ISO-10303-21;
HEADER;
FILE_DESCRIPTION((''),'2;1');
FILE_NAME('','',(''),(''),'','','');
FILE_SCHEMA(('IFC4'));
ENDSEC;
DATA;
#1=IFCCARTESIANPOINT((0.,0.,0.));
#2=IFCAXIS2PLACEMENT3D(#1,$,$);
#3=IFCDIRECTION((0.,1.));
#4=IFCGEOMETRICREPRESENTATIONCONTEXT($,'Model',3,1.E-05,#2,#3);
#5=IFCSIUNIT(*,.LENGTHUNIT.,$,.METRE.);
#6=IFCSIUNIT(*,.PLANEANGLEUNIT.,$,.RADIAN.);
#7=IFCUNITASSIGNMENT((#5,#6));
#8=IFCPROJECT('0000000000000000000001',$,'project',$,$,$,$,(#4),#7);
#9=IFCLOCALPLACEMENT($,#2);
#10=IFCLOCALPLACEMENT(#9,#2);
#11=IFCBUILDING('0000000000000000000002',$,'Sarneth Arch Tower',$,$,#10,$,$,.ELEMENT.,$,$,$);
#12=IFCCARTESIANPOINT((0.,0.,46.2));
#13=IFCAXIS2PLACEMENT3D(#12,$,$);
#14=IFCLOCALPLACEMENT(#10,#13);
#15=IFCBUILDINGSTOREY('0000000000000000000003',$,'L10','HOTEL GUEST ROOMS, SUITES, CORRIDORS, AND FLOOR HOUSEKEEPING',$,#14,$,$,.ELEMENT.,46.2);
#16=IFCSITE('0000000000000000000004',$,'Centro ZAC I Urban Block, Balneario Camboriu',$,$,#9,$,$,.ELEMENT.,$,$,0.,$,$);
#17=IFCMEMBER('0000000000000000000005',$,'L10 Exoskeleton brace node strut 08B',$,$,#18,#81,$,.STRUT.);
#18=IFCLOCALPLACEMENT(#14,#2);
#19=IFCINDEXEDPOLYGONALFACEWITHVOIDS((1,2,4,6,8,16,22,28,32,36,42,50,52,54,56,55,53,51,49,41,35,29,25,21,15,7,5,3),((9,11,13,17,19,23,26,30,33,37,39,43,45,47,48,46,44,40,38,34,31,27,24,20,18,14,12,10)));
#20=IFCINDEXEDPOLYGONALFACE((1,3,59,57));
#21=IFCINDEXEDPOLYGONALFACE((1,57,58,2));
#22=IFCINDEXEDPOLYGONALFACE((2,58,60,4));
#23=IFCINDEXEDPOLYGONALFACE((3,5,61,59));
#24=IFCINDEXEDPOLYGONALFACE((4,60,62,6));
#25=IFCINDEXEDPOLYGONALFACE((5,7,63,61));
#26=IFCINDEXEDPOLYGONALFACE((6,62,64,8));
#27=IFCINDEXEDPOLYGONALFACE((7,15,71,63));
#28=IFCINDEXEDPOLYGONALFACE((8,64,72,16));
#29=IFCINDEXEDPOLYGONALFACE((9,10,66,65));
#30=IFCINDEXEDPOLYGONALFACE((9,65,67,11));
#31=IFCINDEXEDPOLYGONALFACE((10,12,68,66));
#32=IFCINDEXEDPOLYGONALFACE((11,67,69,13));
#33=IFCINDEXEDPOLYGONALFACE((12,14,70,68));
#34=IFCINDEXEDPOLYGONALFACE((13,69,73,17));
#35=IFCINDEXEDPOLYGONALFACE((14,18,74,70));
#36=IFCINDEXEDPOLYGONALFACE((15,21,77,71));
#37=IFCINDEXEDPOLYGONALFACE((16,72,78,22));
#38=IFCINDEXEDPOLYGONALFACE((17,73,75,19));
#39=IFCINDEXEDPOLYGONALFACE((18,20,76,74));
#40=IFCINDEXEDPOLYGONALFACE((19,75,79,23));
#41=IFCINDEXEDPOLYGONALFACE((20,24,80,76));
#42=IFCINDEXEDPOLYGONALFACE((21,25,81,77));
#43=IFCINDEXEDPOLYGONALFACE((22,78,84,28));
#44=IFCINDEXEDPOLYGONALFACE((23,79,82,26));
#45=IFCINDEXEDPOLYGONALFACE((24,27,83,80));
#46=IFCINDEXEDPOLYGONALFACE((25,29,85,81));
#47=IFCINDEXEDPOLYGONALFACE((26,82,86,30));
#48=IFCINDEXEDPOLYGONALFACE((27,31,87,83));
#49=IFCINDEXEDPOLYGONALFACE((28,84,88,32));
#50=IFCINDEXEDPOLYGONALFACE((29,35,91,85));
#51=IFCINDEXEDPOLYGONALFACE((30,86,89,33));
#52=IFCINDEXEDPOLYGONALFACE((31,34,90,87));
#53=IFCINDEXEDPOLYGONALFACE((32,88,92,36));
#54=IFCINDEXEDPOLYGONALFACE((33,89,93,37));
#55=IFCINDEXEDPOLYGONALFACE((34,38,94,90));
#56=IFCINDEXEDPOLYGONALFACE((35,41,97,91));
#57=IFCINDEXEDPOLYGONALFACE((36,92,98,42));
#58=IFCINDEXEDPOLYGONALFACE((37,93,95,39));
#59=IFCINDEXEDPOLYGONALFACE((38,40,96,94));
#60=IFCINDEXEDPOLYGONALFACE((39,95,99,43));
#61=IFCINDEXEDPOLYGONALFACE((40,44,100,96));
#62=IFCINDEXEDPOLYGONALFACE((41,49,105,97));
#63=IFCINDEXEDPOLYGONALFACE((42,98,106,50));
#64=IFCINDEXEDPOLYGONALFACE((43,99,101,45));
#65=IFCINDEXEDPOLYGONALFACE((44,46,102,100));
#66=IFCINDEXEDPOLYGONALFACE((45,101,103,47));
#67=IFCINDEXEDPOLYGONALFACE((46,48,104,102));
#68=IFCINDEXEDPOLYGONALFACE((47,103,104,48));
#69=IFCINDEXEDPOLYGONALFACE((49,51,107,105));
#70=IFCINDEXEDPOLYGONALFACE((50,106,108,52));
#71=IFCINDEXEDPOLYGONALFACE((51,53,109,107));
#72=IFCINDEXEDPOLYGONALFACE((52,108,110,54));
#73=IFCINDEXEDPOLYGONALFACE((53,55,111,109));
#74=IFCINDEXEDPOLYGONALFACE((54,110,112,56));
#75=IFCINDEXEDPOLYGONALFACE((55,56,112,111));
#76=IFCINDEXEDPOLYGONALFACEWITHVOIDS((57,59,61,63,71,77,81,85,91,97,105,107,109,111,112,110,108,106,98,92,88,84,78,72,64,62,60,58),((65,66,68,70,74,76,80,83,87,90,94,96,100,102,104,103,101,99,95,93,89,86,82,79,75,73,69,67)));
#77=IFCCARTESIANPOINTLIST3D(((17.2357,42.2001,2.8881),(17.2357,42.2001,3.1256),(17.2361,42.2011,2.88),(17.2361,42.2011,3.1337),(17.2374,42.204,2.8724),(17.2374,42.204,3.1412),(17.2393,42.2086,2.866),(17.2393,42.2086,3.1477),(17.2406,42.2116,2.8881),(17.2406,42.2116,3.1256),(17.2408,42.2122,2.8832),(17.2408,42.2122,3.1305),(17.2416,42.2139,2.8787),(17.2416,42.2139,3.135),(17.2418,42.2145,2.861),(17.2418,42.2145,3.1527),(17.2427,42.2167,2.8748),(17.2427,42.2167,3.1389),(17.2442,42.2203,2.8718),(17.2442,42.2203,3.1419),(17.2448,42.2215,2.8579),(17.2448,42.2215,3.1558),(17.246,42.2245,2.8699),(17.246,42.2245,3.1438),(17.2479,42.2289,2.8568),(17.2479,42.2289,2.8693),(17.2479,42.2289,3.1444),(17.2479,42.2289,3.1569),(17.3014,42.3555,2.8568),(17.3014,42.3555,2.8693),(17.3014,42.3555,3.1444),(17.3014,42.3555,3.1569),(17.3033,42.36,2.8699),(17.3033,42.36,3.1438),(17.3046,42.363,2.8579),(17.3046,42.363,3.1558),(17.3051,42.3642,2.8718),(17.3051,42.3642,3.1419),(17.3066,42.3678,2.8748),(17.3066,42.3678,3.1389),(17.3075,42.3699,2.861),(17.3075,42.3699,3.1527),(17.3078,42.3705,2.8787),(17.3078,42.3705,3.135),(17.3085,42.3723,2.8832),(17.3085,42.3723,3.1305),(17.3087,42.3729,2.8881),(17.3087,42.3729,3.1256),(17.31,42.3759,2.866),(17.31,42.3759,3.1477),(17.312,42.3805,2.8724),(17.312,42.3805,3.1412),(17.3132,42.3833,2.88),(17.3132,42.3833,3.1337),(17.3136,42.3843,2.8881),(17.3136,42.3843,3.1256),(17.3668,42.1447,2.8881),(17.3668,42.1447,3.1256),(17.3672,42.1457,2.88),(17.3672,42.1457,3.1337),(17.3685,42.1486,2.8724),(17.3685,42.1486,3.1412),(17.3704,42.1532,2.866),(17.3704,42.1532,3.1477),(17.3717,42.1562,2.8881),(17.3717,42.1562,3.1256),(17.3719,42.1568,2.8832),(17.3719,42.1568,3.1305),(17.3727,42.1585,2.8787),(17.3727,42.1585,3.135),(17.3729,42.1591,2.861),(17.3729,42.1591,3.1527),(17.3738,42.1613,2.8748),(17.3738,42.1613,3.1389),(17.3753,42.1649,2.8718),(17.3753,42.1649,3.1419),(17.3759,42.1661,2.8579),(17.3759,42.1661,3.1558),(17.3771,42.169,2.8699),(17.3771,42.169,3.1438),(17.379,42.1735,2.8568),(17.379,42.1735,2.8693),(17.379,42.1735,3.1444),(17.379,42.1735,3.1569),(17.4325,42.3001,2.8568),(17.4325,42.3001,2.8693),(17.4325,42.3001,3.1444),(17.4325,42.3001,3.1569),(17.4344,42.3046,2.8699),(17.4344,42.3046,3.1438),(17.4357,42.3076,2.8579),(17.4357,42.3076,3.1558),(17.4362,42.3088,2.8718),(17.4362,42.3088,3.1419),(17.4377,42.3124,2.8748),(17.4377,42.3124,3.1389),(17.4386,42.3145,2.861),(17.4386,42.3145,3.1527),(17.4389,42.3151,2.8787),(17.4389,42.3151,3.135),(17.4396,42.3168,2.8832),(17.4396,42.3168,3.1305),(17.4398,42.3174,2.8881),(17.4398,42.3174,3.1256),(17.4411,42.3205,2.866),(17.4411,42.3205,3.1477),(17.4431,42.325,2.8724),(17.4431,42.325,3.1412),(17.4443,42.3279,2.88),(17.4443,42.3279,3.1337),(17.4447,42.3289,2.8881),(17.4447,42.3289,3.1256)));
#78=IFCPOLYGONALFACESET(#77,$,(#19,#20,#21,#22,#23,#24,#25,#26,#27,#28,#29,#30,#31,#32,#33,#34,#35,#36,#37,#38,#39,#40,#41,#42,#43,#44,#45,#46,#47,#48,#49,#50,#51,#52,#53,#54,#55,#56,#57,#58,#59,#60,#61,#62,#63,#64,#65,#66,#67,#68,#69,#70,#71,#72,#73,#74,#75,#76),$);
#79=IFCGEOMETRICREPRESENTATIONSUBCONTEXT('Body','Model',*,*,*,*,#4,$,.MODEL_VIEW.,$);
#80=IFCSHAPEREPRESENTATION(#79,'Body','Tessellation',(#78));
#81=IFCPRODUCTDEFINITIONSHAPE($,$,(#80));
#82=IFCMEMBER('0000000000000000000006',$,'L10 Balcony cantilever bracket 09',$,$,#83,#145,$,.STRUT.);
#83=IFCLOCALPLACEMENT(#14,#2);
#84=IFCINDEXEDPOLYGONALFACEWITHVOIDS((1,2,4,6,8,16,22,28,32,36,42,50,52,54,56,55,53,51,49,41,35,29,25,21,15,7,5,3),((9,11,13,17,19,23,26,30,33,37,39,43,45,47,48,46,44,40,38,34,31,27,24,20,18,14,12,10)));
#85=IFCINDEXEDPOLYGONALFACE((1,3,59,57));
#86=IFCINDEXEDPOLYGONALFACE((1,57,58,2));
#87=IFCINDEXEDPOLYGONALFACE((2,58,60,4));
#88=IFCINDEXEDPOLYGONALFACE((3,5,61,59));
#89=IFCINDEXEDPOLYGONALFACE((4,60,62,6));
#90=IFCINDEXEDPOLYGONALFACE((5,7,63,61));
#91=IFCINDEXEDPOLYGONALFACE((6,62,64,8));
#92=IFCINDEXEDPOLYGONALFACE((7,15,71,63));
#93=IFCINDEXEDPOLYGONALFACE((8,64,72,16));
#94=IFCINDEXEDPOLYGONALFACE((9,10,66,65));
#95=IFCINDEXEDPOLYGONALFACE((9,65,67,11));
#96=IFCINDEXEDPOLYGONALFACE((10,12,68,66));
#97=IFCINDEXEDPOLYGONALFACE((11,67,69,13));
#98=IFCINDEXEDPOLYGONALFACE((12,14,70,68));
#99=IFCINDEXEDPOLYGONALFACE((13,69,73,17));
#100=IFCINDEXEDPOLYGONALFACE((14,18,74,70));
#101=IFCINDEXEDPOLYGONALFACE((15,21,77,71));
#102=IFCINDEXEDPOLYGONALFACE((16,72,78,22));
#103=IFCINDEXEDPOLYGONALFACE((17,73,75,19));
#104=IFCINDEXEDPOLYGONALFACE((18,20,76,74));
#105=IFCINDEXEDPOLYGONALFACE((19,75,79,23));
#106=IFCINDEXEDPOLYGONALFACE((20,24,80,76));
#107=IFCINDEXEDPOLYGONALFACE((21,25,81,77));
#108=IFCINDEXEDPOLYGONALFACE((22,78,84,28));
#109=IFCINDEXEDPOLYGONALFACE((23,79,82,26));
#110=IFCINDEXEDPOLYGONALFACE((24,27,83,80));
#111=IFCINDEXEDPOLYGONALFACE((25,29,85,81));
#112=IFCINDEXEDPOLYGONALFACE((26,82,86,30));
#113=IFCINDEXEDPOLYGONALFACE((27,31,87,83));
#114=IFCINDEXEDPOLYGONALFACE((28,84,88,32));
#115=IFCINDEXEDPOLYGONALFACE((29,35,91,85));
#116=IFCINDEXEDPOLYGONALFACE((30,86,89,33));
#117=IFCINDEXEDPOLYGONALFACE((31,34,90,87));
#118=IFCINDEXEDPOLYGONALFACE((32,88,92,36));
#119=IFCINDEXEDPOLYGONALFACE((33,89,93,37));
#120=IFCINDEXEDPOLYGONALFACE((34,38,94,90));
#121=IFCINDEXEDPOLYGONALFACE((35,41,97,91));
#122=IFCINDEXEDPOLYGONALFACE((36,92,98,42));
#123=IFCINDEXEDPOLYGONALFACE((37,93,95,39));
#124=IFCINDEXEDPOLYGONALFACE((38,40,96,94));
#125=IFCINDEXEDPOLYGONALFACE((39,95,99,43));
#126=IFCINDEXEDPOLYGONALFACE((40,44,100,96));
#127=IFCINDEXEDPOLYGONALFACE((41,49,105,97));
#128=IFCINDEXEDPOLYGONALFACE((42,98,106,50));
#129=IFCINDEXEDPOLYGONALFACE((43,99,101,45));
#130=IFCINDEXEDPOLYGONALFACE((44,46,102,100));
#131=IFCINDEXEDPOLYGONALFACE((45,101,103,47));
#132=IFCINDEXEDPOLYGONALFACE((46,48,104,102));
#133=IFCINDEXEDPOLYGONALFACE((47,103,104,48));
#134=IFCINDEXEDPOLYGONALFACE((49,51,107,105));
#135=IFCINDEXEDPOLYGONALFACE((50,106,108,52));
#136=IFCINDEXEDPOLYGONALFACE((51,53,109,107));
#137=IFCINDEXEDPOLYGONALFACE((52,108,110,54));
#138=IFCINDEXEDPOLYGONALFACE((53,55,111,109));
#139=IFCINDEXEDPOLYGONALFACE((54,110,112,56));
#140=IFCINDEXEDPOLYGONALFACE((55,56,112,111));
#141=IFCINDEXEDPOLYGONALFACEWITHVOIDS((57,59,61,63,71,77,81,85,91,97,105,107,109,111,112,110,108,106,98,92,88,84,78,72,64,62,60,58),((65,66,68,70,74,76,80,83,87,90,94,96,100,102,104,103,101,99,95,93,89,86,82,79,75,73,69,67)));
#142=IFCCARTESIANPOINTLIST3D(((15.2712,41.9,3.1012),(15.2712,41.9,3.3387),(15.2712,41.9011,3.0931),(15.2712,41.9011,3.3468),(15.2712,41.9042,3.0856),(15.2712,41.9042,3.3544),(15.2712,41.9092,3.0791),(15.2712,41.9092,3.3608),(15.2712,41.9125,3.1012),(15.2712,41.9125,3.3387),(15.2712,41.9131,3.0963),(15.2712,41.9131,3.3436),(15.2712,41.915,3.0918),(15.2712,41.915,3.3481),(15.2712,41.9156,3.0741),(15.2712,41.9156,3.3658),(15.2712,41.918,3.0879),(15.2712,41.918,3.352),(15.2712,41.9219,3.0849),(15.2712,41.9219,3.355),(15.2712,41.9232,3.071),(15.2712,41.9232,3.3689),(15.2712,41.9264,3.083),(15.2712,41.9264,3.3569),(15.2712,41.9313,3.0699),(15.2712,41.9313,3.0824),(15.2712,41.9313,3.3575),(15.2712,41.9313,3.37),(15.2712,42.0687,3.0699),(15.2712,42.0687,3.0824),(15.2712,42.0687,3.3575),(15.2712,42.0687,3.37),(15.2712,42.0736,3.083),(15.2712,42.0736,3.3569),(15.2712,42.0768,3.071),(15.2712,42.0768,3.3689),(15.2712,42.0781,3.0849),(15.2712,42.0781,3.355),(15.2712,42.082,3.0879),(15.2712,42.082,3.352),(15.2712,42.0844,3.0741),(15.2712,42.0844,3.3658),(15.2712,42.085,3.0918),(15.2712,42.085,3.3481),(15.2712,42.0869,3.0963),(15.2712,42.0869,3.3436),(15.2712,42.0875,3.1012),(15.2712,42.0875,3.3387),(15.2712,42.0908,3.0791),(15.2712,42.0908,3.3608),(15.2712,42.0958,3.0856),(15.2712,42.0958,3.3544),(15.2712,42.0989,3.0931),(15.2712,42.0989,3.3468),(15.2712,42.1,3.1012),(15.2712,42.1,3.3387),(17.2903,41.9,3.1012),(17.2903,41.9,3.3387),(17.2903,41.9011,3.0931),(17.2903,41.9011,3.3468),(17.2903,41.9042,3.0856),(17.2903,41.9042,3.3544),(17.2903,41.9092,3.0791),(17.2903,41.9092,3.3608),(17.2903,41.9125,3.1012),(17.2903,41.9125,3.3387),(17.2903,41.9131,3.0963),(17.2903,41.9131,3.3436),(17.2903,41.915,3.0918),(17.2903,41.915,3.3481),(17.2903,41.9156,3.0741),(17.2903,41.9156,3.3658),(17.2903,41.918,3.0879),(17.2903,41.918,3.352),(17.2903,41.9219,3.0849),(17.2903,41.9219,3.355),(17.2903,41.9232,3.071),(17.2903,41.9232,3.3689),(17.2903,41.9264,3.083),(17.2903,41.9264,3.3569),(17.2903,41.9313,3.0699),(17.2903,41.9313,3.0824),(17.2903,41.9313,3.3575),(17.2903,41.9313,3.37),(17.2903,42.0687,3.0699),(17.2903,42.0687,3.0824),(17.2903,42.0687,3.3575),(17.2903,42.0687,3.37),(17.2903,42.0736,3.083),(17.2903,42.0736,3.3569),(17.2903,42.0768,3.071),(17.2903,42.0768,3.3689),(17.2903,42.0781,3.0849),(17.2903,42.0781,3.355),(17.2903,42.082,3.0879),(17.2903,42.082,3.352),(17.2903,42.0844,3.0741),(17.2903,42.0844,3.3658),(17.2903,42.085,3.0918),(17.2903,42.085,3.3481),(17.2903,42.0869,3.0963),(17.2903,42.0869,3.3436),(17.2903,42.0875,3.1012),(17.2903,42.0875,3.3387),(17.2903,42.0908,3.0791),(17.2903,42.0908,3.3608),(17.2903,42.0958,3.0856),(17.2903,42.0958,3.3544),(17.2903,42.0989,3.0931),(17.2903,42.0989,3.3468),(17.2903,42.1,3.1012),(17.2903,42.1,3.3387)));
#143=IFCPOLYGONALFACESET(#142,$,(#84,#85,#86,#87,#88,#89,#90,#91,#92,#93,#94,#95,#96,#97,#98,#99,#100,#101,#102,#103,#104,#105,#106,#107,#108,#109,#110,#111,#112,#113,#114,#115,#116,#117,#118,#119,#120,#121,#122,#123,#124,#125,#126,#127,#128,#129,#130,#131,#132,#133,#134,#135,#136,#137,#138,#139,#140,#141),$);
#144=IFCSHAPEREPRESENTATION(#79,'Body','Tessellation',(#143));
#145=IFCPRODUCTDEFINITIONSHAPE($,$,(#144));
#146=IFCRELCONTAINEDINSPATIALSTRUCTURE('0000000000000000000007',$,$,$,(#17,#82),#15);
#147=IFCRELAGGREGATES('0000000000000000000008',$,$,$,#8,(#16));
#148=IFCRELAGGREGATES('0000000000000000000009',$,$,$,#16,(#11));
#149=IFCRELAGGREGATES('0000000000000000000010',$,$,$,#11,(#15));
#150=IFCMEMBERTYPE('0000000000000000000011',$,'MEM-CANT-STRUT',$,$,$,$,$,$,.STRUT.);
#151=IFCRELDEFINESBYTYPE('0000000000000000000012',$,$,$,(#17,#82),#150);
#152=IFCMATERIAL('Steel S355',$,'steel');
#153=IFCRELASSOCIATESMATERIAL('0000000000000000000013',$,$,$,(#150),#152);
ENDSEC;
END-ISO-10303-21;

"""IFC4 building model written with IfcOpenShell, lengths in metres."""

from ifc_helpers import new_model, si_unit, direction, frame, origin, origin_2d, place, context, subcontext, project, spatial, hollow_rectangle, extrude, material, material_profile, profile_set, type_object, element, save


model = new_model("IFC4")

# Units and contexts
model_context = context("Model", 3, precision=1e-05, world=origin(), true_north=direction((0.0, 1.0)))
body_context = subcontext(model_context, "Body", "Model", "MODEL_VIEW")
ifc_project = project(units=[si_unit("LENGTHUNIT", "METRE"), si_unit("PLANEANGLEUNIT", "RADIAN")], contexts=[model_context])

# Site, building, storey
site_placement = place(None, origin())
site = spatial("IfcSite", under=ifc_project, at=site_placement, Name="Centro ZAC I Urban Block, Balneario Camboriu", CompositionType="ELEMENT", RefElevation=0.0)
building_placement = place(site_placement, origin())
building = spatial("IfcBuilding", under=site, at=building_placement, Name="Sarneth Arch Tower", CompositionType="ELEMENT")
storey_placement = place(building_placement, frame((0.0, 0.0, 46.2)))
storey = spatial("IfcBuildingStorey", under=building, at=storey_placement, Name="L10", Description="HOTEL GUEST ROOMS, SUITES, CORRIDORS, AND FLOOR HOUSEKEEPING", CompositionType="ELEMENT", Elevation=46.2)

# Members
ifc_material_1 = material(Name="Steel S355", Category="steel")
ifc_material_profile_1 = material_profile(ifc_material_1, hollow_rectangle(XDim=0.2, YDim=0.3, WallThickness=0.0125, InnerFilletRadius=0.0188, OuterFilletRadius=0.0312, at=origin_2d()), Name="RHS300x200x12.5")
ifc_profile_set_1 = profile_set([ifc_material_profile_1], Name="Steel S355")
member_type_1 = type_object("IfcMemberType", Name="MEM-CANT-STRUT", PredefinedType="STRUT", material=ifc_profile_set_1)
member_1_placement = place(storey_placement, frame((17.4058, 42.2368, 3.0068), z_axis=(-0.921086, 0.38936, 0.0), x_axis=(-0.38936, -0.921086, 0.0)))
element("IfcMember", 1, at=member_1_placement, inside=storey, type_object=member_type_1, Name="L10 Exoskeleton brace node strut 08B", PredefinedType="STRUT", context=body_context, shape_type="SweptSolid", body=[
    extrude(hollow_rectangle(XDim=0.2, YDim=0.3, WallThickness=0.0125, InnerFilletRadius=0.0188, OuterFilletRadius=0.0312, at=origin_2d()), origin(), (0.0, 0.0, 1.0), 0.1423),
])
member_2_placement = place(storey_placement, frame((17.2903, 42.0, 3.22), z_axis=(-1.0, 0.0, 0.0), x_axis=(0.0, -1.0, 0.0)))
element("IfcMember", 2, at=member_2_placement, inside=storey, type_object=member_type_1, Name="L10 Balcony cantilever bracket 09", PredefinedType="STRUT", context=body_context, shape_type="SweptSolid", body=[
    extrude(hollow_rectangle(XDim=0.2, YDim=0.3, WallThickness=0.0125, InnerFilletRadius=0.0188, OuterFilletRadius=0.0312, at=origin_2d()), origin(), (0.0, 0.0, 1.0), 2.019),
])

save(model, "model.ifc")
